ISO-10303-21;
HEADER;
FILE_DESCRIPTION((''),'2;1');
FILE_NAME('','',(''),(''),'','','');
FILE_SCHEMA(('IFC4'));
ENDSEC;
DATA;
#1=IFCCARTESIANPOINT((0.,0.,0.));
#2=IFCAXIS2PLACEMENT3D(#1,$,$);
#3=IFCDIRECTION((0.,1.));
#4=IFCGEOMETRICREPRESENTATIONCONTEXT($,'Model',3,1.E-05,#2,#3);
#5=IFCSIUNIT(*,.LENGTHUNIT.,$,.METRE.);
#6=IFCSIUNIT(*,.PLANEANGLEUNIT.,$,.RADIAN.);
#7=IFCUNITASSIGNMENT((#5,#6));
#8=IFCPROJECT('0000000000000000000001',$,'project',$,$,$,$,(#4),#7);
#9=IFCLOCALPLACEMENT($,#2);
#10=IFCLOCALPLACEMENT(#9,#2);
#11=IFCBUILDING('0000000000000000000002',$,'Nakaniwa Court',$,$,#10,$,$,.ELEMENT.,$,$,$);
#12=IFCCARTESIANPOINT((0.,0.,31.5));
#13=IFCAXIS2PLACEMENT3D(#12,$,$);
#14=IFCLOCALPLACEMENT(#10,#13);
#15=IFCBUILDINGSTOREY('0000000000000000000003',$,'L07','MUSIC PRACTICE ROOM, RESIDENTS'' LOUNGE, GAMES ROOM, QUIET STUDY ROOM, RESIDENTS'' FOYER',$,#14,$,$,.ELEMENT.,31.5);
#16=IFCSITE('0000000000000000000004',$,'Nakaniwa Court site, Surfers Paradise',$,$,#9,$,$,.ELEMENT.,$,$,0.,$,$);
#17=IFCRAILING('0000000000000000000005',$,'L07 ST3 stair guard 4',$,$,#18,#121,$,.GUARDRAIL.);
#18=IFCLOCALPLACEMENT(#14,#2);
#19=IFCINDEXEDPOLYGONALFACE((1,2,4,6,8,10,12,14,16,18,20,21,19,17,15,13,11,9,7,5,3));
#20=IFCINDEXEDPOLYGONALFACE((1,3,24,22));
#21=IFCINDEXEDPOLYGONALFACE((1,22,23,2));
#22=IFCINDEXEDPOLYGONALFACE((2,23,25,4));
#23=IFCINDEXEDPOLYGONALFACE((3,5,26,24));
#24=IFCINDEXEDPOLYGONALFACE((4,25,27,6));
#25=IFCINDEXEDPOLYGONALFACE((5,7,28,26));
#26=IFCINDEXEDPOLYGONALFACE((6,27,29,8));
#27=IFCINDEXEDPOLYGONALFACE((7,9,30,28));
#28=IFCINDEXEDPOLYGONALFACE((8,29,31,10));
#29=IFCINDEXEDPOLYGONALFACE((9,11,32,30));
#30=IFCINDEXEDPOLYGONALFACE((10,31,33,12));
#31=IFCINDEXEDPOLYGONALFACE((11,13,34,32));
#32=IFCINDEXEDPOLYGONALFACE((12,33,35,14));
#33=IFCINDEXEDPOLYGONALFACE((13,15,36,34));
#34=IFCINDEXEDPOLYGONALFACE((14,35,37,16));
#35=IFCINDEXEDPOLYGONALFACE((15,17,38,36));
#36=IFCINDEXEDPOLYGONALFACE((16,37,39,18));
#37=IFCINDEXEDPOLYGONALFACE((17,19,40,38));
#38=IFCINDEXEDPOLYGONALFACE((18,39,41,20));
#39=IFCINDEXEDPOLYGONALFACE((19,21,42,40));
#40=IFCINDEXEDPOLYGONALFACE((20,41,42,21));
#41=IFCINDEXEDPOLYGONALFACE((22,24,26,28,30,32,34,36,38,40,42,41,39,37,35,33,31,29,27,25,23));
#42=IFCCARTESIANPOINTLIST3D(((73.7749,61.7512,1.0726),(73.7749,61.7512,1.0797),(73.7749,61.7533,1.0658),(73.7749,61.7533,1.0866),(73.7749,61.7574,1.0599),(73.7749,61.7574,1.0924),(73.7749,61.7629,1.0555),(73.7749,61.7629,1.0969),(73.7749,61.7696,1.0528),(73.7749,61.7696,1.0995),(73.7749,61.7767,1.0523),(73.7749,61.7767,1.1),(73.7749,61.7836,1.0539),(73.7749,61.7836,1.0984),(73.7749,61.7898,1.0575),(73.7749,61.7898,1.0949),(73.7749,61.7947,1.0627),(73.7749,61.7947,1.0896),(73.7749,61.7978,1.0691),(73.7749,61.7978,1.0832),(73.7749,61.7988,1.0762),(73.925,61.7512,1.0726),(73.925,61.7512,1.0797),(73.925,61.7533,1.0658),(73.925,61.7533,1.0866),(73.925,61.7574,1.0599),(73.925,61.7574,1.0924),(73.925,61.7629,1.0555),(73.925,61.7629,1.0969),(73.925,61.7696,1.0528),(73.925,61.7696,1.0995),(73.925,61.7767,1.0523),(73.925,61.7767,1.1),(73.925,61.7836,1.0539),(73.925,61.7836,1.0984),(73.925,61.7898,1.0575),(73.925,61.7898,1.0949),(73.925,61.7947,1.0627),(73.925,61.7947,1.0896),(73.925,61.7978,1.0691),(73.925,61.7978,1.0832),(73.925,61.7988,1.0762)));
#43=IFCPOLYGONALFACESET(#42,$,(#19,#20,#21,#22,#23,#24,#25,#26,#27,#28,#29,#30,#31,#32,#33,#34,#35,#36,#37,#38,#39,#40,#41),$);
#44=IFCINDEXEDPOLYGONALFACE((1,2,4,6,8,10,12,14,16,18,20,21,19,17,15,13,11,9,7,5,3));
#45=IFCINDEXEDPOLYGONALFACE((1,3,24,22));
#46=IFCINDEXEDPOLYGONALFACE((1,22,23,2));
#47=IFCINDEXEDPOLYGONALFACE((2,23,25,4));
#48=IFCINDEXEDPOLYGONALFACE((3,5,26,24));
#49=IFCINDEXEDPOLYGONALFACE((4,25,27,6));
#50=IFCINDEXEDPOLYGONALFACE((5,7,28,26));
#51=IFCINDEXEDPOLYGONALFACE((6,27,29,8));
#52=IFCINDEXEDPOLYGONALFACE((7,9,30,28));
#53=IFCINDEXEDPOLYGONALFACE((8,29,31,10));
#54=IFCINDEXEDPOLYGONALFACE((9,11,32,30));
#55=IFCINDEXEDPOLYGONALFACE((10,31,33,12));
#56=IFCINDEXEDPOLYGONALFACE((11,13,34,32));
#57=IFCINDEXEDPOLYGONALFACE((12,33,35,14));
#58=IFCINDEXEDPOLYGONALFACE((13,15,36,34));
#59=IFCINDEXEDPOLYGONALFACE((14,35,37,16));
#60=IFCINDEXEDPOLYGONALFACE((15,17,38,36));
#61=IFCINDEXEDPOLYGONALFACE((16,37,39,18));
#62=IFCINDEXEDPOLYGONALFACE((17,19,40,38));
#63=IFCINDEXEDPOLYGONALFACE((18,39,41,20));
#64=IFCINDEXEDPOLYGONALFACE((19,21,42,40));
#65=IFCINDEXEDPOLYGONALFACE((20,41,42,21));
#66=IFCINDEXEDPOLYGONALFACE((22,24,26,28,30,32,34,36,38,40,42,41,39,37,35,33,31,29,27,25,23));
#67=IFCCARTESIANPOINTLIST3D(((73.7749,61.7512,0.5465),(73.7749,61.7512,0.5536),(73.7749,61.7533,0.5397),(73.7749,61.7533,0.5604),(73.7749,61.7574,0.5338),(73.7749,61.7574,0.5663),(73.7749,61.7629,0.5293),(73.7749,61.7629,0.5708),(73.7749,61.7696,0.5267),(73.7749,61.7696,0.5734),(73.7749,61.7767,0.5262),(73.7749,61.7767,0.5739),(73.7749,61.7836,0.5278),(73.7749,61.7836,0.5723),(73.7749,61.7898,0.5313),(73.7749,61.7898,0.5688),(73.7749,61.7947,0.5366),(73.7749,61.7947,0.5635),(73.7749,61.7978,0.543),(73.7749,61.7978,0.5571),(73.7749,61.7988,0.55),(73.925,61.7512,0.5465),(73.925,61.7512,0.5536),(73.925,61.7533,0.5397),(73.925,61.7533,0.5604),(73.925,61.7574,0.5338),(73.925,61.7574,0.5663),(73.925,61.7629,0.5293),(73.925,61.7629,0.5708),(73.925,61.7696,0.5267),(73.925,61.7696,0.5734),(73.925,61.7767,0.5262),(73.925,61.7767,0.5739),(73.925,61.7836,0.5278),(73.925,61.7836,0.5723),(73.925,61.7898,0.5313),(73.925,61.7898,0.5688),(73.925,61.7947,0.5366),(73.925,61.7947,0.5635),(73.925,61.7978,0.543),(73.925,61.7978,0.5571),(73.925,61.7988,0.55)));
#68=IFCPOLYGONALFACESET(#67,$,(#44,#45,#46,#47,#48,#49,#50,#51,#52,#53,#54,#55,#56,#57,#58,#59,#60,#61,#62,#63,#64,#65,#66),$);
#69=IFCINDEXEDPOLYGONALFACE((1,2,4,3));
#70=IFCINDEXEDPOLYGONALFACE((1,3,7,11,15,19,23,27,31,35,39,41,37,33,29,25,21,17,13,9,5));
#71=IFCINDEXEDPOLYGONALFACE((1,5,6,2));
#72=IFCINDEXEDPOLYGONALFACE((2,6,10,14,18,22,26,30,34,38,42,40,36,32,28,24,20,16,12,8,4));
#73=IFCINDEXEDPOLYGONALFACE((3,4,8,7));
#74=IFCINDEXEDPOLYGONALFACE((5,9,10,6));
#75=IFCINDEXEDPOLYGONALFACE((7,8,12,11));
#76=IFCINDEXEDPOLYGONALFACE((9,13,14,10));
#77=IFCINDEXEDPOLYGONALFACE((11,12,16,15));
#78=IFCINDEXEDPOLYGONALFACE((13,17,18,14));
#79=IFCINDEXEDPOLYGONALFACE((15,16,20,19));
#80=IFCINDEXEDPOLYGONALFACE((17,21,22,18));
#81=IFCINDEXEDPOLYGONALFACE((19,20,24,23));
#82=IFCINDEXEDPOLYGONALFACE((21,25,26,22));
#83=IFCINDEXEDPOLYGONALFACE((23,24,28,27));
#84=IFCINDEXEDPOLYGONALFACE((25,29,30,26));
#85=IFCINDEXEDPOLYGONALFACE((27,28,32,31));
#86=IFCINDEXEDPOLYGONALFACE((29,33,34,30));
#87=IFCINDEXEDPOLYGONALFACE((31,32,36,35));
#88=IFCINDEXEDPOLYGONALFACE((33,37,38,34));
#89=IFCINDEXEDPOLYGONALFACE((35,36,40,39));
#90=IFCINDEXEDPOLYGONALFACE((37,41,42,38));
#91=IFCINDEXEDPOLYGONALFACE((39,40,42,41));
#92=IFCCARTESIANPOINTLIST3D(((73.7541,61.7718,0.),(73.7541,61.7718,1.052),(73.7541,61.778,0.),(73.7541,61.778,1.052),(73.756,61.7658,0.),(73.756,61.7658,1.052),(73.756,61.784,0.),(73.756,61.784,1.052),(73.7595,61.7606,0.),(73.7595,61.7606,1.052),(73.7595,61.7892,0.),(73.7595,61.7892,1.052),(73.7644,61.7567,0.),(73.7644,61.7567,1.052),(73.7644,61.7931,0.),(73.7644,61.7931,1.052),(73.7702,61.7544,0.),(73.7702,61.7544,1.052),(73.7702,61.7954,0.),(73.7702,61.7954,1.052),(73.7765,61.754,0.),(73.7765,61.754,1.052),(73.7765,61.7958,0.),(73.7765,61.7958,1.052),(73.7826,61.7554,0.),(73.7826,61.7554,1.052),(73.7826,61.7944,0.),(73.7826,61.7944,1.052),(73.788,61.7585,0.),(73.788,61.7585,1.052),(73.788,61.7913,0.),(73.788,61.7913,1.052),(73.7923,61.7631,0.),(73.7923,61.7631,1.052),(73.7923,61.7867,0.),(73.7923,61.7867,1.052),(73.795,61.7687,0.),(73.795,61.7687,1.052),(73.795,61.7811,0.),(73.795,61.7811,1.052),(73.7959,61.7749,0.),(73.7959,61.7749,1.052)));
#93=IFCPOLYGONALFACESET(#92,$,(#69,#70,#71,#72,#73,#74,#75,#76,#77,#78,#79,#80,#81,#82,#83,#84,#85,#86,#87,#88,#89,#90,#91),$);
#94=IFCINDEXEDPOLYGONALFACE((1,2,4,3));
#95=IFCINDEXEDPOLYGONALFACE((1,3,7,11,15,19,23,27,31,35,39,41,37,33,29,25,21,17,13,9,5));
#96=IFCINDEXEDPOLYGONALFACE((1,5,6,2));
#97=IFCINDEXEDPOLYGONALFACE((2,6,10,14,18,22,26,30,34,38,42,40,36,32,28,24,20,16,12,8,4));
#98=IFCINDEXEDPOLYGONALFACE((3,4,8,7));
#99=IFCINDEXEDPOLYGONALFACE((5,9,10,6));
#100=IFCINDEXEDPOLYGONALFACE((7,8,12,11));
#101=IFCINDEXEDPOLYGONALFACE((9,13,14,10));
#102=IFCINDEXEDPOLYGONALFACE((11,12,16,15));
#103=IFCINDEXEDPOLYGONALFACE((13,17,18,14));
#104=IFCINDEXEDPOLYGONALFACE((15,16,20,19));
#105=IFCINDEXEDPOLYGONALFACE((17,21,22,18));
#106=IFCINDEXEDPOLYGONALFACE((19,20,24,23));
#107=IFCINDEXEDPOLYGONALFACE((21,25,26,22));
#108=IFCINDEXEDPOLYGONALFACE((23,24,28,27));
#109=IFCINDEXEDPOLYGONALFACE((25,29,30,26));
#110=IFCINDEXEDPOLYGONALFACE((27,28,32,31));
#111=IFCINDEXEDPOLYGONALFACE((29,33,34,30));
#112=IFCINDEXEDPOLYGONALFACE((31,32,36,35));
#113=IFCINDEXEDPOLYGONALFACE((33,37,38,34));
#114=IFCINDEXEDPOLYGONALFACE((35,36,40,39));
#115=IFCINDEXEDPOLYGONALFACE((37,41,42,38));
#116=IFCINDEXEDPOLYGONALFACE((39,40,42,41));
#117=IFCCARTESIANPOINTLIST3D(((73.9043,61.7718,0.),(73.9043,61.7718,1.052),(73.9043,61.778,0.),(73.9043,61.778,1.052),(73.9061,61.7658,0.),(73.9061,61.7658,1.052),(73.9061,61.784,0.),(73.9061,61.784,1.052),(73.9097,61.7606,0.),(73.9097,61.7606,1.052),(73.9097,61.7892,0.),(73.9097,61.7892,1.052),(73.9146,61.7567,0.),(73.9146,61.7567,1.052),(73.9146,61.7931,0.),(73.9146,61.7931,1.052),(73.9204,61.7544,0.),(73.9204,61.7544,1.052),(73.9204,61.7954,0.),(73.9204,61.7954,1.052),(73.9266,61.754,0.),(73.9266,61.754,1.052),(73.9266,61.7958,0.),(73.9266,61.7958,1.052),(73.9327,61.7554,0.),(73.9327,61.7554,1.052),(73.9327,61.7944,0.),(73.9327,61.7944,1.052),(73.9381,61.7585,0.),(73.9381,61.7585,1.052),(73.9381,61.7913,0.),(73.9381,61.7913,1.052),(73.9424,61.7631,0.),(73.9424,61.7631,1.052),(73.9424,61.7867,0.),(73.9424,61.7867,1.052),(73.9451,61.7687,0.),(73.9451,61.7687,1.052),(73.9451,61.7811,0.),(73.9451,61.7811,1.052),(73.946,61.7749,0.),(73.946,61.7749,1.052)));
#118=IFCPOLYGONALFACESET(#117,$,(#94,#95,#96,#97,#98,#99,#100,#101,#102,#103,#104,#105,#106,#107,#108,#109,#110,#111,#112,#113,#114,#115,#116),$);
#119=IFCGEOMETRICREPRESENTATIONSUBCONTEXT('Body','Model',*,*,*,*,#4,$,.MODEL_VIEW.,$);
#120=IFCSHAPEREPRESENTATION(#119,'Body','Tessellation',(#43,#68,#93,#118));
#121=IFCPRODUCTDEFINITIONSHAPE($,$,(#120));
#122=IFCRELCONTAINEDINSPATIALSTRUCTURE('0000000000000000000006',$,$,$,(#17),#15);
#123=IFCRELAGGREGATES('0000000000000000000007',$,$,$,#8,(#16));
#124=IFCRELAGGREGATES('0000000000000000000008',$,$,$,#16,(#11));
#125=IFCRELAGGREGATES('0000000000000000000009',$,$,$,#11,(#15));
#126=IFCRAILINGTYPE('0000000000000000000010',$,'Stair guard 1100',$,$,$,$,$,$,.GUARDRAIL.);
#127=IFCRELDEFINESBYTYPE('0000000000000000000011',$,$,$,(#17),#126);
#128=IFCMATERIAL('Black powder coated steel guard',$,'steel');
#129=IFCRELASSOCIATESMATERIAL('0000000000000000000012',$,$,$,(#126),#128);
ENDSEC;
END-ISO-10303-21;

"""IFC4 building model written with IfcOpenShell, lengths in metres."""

from ifc_helpers import new_model, si_unit, direction, frame, origin, origin_2d, place, context, subcontext, project, spatial, circle, extrude, material, type_object, element, save


model = new_model("IFC4")

# Units and contexts
model_context = context("Model", 3, precision=1e-05, world=origin(), true_north=direction((0.0, 1.0)))
body_context = subcontext(model_context, "Body", "Model", "MODEL_VIEW")
ifc_project = project(units=[si_unit("LENGTHUNIT", "METRE"), si_unit("PLANEANGLEUNIT", "RADIAN")], contexts=[model_context])

# Site, building, storey
site_placement = place(None, origin())
site = spatial("IfcSite", under=ifc_project, at=site_placement, Name="Nakaniwa Court site, Surfers Paradise", CompositionType="ELEMENT", RefElevation=0.0)
building_placement = place(site_placement, origin())
building = spatial("IfcBuilding", under=site, at=building_placement, Name="Nakaniwa Court", CompositionType="ELEMENT")
storey_placement = place(building_placement, frame((0.0, 0.0, 31.5)))
storey = spatial("IfcBuildingStorey", under=building, at=storey_placement, Name="L07", Description="MUSIC PRACTICE ROOM, RESIDENTS' LOUNGE, GAMES ROOM, QUIET STUDY ROOM, RESIDENTS' FOYER", CompositionType="ELEMENT", Elevation=31.5)

# Railing
ifc_material_1 = material(Name="Black powder coated steel guard", Category="steel")
railing_type = type_object("IfcRailingType", Name="Stair guard 1100", PredefinedType="GUARDRAIL", material=ifc_material_1)
railing_1_placement = place(storey_placement, frame((73.7749, 61.7749, 0.0)))
element("IfcRailing", 1, at=railing_1_placement, inside=storey, type_object=railing_type, Name="L07 ST3 stair guard 4", PredefinedType="GUARDRAIL", context=body_context, shape_type="SweptSolid", body=[
    extrude(circle(Radius=0.0239, at=origin_2d()), frame((0.0, 0.0, 1.0762), z_axis=(1.0, 0.0, 0.0), x_axis=(0.0, 1.0, 0.0)), (0.0, 0.0, 1.0), 0.1501),
    extrude(circle(Radius=0.0239, at=origin_2d()), frame((0.0, 0.0, 0.55), z_axis=(1.0, 0.0, 0.0), x_axis=(0.0, 1.0, 0.0)), (0.0, 0.0, 1.0), 0.1501),
    extrude(circle(Radius=0.021, at=origin_2d()), origin(), (0.0, 0.0, 1.0), 1.052),
    extrude(circle(Radius=0.021, at=origin_2d()), frame((0.1501, 0.0, 0.0)), (0.0, 0.0, 1.0), 1.052),
])

save(model, "model.ifc")
